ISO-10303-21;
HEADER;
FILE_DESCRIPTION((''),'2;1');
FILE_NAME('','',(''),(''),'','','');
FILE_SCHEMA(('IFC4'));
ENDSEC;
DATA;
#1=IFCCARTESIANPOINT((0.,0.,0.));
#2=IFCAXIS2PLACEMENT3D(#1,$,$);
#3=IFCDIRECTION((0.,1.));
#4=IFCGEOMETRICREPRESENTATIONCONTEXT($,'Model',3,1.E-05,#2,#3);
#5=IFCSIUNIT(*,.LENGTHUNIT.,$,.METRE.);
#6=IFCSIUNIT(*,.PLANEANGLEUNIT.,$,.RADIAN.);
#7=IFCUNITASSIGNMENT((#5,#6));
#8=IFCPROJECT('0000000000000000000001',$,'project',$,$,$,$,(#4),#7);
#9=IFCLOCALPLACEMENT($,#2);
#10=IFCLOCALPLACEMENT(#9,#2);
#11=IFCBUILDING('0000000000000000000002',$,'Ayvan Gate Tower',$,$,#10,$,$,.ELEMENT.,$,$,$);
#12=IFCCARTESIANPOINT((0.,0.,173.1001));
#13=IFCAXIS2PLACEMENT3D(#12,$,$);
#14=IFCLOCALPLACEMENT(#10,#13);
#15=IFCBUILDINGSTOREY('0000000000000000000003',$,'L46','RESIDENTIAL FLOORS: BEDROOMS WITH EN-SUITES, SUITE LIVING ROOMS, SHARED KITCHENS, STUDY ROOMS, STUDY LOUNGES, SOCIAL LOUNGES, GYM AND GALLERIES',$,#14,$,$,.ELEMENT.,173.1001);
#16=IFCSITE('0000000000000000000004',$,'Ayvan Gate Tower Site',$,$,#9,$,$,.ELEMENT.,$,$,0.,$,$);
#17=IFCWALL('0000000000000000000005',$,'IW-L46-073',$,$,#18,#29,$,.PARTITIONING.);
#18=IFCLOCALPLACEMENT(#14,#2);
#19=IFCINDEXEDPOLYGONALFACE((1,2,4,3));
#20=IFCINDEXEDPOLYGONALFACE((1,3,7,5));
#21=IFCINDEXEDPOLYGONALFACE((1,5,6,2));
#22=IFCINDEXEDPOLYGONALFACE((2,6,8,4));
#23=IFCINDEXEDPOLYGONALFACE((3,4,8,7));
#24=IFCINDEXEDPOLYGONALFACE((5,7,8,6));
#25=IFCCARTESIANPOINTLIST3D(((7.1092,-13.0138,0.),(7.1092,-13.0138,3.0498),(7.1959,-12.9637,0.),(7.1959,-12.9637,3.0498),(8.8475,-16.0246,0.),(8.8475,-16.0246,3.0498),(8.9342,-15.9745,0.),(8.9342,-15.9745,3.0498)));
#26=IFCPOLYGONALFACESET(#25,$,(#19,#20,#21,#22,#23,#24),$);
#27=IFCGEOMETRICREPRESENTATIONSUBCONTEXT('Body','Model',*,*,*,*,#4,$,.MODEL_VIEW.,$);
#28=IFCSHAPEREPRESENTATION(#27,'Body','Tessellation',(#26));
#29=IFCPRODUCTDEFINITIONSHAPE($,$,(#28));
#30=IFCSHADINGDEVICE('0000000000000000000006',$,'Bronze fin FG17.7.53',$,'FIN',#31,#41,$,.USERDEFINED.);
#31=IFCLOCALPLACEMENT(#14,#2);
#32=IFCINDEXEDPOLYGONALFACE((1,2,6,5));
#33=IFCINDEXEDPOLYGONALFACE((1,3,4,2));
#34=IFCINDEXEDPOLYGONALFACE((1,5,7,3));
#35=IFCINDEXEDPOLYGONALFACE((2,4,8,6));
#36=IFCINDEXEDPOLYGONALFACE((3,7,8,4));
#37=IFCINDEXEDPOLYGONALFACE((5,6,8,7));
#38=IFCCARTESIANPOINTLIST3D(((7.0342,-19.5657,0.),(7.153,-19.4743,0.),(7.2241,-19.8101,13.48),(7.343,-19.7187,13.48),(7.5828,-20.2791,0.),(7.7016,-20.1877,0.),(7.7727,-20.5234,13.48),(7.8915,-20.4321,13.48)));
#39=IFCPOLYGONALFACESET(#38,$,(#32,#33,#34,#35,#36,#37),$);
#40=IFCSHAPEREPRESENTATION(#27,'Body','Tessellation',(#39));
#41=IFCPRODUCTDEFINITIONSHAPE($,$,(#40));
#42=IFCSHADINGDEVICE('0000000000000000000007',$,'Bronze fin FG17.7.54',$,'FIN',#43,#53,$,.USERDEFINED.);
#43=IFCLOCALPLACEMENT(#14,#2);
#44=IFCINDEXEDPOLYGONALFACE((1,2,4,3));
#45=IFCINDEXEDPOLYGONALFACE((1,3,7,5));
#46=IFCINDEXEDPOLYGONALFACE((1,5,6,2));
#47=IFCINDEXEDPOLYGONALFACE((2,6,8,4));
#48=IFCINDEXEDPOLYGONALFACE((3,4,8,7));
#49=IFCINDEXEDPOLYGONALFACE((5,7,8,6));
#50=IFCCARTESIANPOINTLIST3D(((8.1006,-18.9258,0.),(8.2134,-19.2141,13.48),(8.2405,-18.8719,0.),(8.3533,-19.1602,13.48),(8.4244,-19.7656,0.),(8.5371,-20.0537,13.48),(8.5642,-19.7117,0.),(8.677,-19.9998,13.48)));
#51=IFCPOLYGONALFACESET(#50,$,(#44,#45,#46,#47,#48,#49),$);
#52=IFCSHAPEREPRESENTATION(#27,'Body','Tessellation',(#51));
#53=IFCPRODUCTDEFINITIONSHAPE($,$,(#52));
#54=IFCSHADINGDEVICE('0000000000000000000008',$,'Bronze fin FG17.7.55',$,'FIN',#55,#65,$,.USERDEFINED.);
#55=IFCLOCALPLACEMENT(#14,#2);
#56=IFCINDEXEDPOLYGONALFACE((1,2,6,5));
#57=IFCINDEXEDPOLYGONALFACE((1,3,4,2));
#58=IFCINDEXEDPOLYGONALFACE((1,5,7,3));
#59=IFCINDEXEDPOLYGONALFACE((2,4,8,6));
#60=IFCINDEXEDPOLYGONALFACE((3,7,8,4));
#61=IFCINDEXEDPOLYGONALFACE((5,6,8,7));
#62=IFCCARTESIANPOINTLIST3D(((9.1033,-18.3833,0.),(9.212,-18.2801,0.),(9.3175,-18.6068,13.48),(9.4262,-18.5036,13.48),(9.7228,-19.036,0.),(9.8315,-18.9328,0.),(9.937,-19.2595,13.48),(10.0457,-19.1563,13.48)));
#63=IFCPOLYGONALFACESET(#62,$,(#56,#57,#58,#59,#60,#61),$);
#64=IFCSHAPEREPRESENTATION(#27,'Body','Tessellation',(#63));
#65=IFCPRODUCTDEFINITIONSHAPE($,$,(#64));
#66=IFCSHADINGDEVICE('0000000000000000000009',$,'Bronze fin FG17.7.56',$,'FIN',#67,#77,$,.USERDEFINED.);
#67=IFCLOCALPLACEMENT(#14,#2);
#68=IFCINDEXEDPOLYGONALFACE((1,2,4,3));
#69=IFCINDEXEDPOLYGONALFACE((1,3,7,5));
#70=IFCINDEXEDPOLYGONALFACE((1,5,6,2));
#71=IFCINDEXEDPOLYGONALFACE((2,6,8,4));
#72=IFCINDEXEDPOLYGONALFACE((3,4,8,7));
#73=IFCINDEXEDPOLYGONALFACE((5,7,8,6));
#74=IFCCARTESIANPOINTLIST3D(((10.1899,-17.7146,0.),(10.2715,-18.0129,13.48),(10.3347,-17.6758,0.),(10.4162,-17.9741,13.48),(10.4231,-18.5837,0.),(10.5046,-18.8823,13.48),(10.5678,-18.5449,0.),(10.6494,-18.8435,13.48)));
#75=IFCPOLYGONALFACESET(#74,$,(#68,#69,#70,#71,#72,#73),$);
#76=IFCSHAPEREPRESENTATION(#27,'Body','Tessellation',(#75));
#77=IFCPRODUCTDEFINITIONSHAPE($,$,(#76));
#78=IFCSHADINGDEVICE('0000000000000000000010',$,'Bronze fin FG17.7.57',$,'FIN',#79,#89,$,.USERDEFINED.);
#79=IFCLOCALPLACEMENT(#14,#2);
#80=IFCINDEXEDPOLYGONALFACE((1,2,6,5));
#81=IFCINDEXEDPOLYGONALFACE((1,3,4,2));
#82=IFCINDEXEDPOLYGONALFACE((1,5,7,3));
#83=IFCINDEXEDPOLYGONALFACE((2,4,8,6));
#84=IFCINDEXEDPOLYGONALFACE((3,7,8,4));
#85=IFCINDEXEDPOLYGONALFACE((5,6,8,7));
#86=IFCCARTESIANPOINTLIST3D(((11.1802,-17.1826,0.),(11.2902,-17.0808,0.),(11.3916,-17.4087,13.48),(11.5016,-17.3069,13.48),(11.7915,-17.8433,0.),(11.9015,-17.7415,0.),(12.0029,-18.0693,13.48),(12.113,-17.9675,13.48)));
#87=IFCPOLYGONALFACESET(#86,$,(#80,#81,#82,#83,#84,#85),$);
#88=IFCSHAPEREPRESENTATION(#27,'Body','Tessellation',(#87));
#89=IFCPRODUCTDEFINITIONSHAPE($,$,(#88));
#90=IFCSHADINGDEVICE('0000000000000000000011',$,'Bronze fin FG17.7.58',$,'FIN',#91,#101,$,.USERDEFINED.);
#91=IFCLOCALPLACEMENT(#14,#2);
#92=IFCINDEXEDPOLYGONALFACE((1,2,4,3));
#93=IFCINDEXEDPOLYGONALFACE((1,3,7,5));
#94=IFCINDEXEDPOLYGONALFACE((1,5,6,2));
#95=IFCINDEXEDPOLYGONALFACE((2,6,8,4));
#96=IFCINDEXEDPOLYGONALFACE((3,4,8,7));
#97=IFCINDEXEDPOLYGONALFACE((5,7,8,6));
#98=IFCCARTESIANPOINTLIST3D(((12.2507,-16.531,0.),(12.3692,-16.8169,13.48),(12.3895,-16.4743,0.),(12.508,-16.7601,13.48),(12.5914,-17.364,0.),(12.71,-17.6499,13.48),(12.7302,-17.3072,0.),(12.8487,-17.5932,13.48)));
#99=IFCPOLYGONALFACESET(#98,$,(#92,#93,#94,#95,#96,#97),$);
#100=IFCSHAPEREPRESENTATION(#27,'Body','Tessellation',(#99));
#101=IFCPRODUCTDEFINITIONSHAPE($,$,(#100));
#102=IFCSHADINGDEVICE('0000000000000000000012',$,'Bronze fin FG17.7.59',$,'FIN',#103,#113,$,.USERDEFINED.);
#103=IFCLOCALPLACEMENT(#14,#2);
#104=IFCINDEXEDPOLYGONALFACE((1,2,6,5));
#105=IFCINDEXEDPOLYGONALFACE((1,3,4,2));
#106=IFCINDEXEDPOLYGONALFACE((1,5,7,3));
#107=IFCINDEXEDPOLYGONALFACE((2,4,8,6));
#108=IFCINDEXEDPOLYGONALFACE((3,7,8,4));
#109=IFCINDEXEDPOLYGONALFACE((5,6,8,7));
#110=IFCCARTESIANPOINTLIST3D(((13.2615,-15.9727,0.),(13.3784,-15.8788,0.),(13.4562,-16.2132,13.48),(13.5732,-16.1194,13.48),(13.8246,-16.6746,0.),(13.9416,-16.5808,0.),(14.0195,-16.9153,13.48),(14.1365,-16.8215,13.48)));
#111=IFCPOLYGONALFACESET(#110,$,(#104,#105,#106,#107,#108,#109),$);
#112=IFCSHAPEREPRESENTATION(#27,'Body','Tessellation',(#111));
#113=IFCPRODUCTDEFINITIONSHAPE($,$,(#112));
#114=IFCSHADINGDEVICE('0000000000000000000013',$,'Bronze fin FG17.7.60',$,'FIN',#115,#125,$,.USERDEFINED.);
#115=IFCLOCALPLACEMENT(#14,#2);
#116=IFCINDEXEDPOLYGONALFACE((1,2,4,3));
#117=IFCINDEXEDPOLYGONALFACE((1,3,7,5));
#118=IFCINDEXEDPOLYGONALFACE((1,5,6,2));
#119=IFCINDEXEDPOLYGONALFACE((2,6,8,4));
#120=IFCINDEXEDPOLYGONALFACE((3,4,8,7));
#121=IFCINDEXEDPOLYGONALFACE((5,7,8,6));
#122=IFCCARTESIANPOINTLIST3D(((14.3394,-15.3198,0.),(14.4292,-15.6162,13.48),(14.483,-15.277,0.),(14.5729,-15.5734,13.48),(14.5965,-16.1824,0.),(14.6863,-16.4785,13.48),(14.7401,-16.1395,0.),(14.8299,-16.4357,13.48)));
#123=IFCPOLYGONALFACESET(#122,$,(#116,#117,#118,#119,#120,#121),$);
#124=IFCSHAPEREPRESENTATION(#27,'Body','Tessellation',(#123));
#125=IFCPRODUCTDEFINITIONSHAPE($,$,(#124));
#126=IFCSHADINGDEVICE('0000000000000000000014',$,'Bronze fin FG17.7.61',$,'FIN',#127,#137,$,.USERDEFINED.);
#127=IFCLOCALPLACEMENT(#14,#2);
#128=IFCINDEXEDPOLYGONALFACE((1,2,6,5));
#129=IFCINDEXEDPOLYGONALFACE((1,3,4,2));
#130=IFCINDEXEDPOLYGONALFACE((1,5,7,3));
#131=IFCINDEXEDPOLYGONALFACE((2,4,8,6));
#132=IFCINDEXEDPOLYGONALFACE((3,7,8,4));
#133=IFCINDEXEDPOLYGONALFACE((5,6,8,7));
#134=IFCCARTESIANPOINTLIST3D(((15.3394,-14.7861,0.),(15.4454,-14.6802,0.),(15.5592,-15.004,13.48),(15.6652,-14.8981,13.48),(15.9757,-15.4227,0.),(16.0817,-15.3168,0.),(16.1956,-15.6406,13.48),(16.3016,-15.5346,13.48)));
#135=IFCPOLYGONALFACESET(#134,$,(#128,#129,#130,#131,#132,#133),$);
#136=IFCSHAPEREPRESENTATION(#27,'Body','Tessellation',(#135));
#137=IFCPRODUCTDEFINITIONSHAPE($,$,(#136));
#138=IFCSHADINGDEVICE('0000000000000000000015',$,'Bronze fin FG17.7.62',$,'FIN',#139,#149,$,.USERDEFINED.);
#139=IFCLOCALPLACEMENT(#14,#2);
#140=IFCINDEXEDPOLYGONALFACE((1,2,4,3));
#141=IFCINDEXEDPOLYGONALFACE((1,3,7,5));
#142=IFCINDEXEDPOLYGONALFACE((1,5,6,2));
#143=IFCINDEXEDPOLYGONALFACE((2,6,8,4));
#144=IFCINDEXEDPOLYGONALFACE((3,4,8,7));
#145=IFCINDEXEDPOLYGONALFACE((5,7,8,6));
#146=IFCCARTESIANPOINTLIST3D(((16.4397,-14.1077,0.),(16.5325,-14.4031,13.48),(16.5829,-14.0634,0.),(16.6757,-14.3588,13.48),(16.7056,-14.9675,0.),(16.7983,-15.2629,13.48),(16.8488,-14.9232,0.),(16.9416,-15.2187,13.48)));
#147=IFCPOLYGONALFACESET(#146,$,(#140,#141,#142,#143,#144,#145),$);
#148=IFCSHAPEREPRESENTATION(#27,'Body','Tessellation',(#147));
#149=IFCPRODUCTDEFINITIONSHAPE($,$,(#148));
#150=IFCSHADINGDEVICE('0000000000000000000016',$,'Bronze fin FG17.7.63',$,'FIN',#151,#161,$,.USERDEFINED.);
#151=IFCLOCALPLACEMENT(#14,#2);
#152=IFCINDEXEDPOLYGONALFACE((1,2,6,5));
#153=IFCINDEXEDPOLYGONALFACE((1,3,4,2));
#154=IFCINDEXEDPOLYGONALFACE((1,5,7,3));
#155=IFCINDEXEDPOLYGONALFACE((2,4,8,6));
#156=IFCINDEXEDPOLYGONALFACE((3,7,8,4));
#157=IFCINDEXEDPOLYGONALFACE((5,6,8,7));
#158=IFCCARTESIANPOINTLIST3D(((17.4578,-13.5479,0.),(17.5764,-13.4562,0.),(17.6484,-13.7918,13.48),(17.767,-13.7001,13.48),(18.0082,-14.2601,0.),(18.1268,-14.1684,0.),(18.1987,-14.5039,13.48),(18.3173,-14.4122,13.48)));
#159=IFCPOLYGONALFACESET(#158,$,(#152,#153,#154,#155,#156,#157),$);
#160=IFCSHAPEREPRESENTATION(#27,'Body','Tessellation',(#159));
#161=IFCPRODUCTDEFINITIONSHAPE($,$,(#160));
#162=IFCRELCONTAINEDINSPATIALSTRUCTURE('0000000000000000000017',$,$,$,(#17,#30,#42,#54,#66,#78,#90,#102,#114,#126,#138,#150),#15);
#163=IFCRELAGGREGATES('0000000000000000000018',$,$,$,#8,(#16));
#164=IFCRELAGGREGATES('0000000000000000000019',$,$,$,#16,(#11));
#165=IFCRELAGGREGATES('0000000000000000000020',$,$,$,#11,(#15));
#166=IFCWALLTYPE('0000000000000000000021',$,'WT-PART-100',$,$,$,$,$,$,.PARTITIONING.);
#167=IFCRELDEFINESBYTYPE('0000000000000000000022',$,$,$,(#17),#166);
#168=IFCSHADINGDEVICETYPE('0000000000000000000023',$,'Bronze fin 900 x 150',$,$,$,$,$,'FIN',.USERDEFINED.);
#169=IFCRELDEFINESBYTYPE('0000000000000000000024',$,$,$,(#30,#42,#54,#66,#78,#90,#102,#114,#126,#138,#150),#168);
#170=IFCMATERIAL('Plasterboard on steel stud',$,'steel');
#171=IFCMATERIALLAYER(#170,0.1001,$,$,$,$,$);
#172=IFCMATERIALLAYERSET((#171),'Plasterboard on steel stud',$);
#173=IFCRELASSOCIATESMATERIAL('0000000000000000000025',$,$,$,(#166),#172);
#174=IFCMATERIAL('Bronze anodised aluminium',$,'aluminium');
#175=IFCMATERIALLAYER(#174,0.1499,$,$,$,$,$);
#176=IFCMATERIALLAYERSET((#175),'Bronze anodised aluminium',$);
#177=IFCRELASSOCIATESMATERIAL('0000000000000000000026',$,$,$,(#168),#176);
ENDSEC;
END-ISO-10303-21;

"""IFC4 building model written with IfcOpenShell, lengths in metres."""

from ifc_helpers import new_model, si_unit, direction, frame, frame_2d, origin, place, context, subcontext, project, spatial, polyline, rectangle, outline, extrude, material, layer, layer_set, type_object, element, save


model = new_model("IFC4")

# Units and contexts
model_context = context("Model", 3, precision=1e-05, world=origin(), true_north=direction((0.0, 1.0)))
body_context = subcontext(model_context, "Body", "Model", "MODEL_VIEW")
ifc_project = project(units=[si_unit("LENGTHUNIT", "METRE"), si_unit("PLANEANGLEUNIT", "RADIAN")], contexts=[model_context])

# Site, building, storey
site_placement = place(None, origin())
site = spatial("IfcSite", under=ifc_project, at=site_placement, Name="Ayvan Gate Tower Site", CompositionType="ELEMENT", RefElevation=0.0)
building_placement = place(site_placement, origin())
building = spatial("IfcBuilding", under=site, at=building_placement, Name="Ayvan Gate Tower", CompositionType="ELEMENT")
storey_placement = place(building_placement, frame((0.0, 0.0, 173.1001)))
storey = spatial("IfcBuildingStorey", under=building, at=storey_placement, Name="L46", Description="RESIDENTIAL FLOORS: BEDROOMS WITH EN-SUITES, SUITE LIVING ROOMS, SHARED KITCHENS, STUDY ROOMS, STUDY LOUNGES, SOCIAL LOUNGES, GYM AND GALLERIES", CompositionType="ELEMENT", Elevation=173.1001)

# Shared definitions
ifc_material_1 = material(Name="Bronze anodised aluminium", Category="aluminium")

# Wall
ifc_material_2 = material(Name="Plasterboard on steel stud", Category="steel")
ifc_layer_1 = layer(ifc_material_2, 0.1001)
ifc_layer_set_1 = layer_set([ifc_layer_1], Name="Plasterboard on steel stud")
wall_type_1 = type_object("IfcWallType", Name="WT-PART-100", PredefinedType="PARTITIONING", material=ifc_layer_set_1)
wall_1_placement = place(storey_placement, frame((7.1526, -12.9888, 0.0), z_axis=(0.0, 0.0, 1.0), x_axis=(0.500006, -0.866022, 0.0)))
element("IfcWall", 1, at=wall_1_placement, inside=storey, type_object=wall_type_1, Name="IW-L46-073", PredefinedType="PARTITIONING", context=body_context, shape_type="SweptSolid", body=[
    extrude(rectangle(XDim=3.4766, YDim=0.1001, at=frame_2d((1.7383, 0.0))), origin(), (0.0, 0.0, 1.0), 3.0498),
])

# Shading devices
ifc_layer_2 = layer(ifc_material_1, 0.1499)
ifc_layer_set_2 = layer_set([ifc_layer_2], Name="Bronze anodised aluminium")
shading_device_type = type_object("IfcShadingDeviceType", Name="Bronze fin 900 x 150", ElementType="FIN", PredefinedType="USERDEFINED", material=ifc_layer_set_2)
shading_device_1_placement = place(storey_placement, frame((7.0342, -19.5657, 0.0), z_axis=(-0.792715, -0.609593, 0.000118), x_axis=(0.609593, -0.792715, 0.0)))
element("IfcShadingDevice", 2, at=shading_device_1_placement, inside=storey, type_object=shading_device_type, Name="Bronze fin FG17.7.53", ObjectType="FIN", PredefinedType="USERDEFINED", context=body_context, shape_type="SweptSolid", body=[
    extrude(outline(polyline([(0.0, 0.0), (0.8999, 0.0), (1.2094, 13.48), (0.3095, 13.48), (0.0, 0.0)])), origin(), (0.0, 0.0, -1.0), 0.1499),
])
shading_device_2_placement = place(storey_placement, frame((8.1006, -18.9258, 0.0), z_axis=(-0.933062, -0.359715, 0.000116), x_axis=(0.359715, -0.933062, 0.0)))
element("IfcShadingDevice", 3, at=shading_device_2_placement, inside=storey, type_object=shading_device_type, Name="Bronze fin FG17.7.54", ObjectType="FIN", PredefinedType="USERDEFINED", context=body_context, shape_type="SweptSolid", body=[
    extrude(outline(polyline([(0.0, 0.0), (0.9001, 0.0), (1.2095, 13.48), (0.3096, 13.48), (0.0, 0.0)])), origin(), (0.0, 0.0, -1.0), 0.1499),
])
shading_device_3_placement = place(storey_placement, frame((9.1033, -18.3833, 0.0), z_axis=(-0.725314, -0.688418, 0.000113), x_axis=(0.688418, -0.725314, 0.0)))
element("IfcShadingDevice", 4, at=shading_device_3_placement, inside=storey, type_object=shading_device_type, Name="Bronze fin FG17.7.55", ObjectType="FIN", PredefinedType="USERDEFINED", context=body_context, shape_type="SweptSolid", body=[
    extrude(outline(polyline([(0.0, 0.0), (0.8999, 0.0), (1.2095, 13.48), (0.3096, 13.48), (0.0, 0.0)])), origin(), (0.0, 0.0, -1.0), 0.1499),
])
shading_device_4_placement = place(storey_placement, frame((10.1899, -17.7146, 0.0), z_axis=(-0.96586, -0.259064, 0.000107), x_axis=(0.259064, -0.96586, 0.0)))
element("IfcShadingDevice", 5, at=shading_device_4_placement, inside=storey, type_object=shading_device_type, Name="Bronze fin FG17.7.56", ObjectType="FIN", PredefinedType="USERDEFINED", context=body_context, shape_type="SweptSolid", body=[
    extrude(outline(polyline([(0.0, 0.0), (0.8999, 0.0), (1.2094, 13.48), (0.3093, 13.48), (0.0, 0.0)])), origin(), (0.0, 0.0, -1.0), 0.1499),
])
shading_device_5_placement = place(storey_placement, frame((11.1802, -17.1826, 0.0), z_axis=(-0.733971, -0.679181, 0.000121), x_axis=(0.679181, -0.733971, 0.0)))
element("IfcShadingDevice", 6, at=shading_device_5_placement, inside=storey, type_object=shading_device_type, Name="Bronze fin FG17.7.57", ObjectType="FIN", PredefinedType="USERDEFINED", context=body_context, shape_type="SweptSolid", body=[
    extrude(outline(polyline([(0.0, 0.0), (0.9001, 0.0), (1.2096, 13.48), (0.3095, 13.48), (0.0, 0.0)])), origin(), (0.0, 0.0, -1.0), 0.1499),
])
shading_device_6_placement = place(storey_placement, frame((12.2507, -16.531, 0.0), z_axis=(-0.925577, -0.378559, 0.00011), x_axis=(0.378559, -0.925577, 0.0)))
element("IfcShadingDevice", 7, at=shading_device_6_placement, inside=storey, type_object=shading_device_type, Name="Bronze fin FG17.7.58", ObjectType="FIN", PredefinedType="USERDEFINED", context=body_context, shape_type="SweptSolid", body=[
    extrude(outline(polyline([(0.0, 0.0), (0.8999, 0.0), (1.2095, 13.48), (0.3094, 13.48), (0.0, 0.0)])), origin(), (0.0, 0.0, -1.0), 0.1499),
])
shading_device_7_placement = place(storey_placement, frame((13.2615, -15.9727, 0.0), z_axis=(-0.779995, -0.625786, 0.000104), x_axis=(0.625786, -0.779995, 0.0)))
element("IfcShadingDevice", 8, at=shading_device_7_placement, inside=storey, type_object=shading_device_type, Name="Bronze fin FG17.7.59", ObjectType="FIN", PredefinedType="USERDEFINED", context=body_context, shape_type="SweptSolid", body=[
    extrude(outline(polyline([(0.0, 0.0), (0.8999, 0.0), (1.2096, 13.48), (0.3095, 13.48), (0.0, 0.0)])), origin(), (0.0, 0.0, -1.0), 0.1499),
])
shading_device_8_placement = place(storey_placement, frame((14.3394, -15.3198, 0.0), z_axis=(-0.958329, -0.285667, 0.000109), x_axis=(0.285667, -0.958329, 0.0)))
element("IfcShadingDevice", 9, at=shading_device_8_placement, inside=storey, type_object=shading_device_type, Name="Bronze fin FG17.7.60", ObjectType="FIN", PredefinedType="USERDEFINED", context=body_context, shape_type="SweptSolid", body=[
    extrude(outline(polyline([(0.0, 0.0), (0.9, 0.0), (1.2095, 13.48), (0.3097, 13.48), (0.0, 0.0)])), origin(), (0.0, 0.0, -1.0), 0.1499),
])
shading_device_9_placement = place(storey_placement, frame((15.3394, -14.7861, 0.0), z_axis=(-0.707242, -0.706971, 0.000107), x_axis=(0.706971, -0.707242, 0.0)))
element("IfcShadingDevice", 10, at=shading_device_9_placement, inside=storey, type_object=shading_device_type, Name="Bronze fin FG17.7.61", ObjectType="FIN", PredefinedType="USERDEFINED", context=body_context, shape_type="SweptSolid", body=[
    extrude(outline(polyline([(0.0, 0.0), (0.9001, 0.0), (1.2096, 13.48), (0.3095, 13.48), (0.0, 0.0)])), origin(), (0.0, 0.0, -1.0), 0.1499),
])
shading_device_10_placement = place(storey_placement, frame((16.4397, -14.1077, 0.0), z_axis=(-0.955373, -0.295401, 0.000102), x_axis=(0.295401, -0.955373, 0.0)))
element("IfcShadingDevice", 11, at=shading_device_10_placement, inside=storey, type_object=shading_device_type, Name="Bronze fin FG17.7.62", ObjectType="FIN", PredefinedType="USERDEFINED", context=body_context, shape_type="SweptSolid", body=[
    extrude(outline(polyline([(0.0, 0.0), (0.9, 0.0), (1.2097, 13.48), (0.3096, 13.48), (0.0, 0.0)])), origin(), (0.0, 0.0, -1.0), 0.1499),
])
shading_device_11_placement = place(storey_placement, frame((17.4578, -13.5479, 0.0), z_axis=(-0.791225, -0.611525, 0.00012), x_axis=(0.611525, -0.791225, 0.0)))
element("IfcShadingDevice", 12, at=shading_device_11_placement, inside=storey, type_object=shading_device_type, Name="Bronze fin FG17.7.63", ObjectType="FIN", PredefinedType="USERDEFINED", context=body_context, shape_type="SweptSolid", body=[
    extrude(outline(polyline([(0.0, 0.0), (0.9001, 0.0), (1.2096, 13.48), (0.3096, 13.48), (0.0, 0.0)])), origin(), (0.0, 0.0, -1.0), 0.1499),
])

save(model, "model.ifc")
